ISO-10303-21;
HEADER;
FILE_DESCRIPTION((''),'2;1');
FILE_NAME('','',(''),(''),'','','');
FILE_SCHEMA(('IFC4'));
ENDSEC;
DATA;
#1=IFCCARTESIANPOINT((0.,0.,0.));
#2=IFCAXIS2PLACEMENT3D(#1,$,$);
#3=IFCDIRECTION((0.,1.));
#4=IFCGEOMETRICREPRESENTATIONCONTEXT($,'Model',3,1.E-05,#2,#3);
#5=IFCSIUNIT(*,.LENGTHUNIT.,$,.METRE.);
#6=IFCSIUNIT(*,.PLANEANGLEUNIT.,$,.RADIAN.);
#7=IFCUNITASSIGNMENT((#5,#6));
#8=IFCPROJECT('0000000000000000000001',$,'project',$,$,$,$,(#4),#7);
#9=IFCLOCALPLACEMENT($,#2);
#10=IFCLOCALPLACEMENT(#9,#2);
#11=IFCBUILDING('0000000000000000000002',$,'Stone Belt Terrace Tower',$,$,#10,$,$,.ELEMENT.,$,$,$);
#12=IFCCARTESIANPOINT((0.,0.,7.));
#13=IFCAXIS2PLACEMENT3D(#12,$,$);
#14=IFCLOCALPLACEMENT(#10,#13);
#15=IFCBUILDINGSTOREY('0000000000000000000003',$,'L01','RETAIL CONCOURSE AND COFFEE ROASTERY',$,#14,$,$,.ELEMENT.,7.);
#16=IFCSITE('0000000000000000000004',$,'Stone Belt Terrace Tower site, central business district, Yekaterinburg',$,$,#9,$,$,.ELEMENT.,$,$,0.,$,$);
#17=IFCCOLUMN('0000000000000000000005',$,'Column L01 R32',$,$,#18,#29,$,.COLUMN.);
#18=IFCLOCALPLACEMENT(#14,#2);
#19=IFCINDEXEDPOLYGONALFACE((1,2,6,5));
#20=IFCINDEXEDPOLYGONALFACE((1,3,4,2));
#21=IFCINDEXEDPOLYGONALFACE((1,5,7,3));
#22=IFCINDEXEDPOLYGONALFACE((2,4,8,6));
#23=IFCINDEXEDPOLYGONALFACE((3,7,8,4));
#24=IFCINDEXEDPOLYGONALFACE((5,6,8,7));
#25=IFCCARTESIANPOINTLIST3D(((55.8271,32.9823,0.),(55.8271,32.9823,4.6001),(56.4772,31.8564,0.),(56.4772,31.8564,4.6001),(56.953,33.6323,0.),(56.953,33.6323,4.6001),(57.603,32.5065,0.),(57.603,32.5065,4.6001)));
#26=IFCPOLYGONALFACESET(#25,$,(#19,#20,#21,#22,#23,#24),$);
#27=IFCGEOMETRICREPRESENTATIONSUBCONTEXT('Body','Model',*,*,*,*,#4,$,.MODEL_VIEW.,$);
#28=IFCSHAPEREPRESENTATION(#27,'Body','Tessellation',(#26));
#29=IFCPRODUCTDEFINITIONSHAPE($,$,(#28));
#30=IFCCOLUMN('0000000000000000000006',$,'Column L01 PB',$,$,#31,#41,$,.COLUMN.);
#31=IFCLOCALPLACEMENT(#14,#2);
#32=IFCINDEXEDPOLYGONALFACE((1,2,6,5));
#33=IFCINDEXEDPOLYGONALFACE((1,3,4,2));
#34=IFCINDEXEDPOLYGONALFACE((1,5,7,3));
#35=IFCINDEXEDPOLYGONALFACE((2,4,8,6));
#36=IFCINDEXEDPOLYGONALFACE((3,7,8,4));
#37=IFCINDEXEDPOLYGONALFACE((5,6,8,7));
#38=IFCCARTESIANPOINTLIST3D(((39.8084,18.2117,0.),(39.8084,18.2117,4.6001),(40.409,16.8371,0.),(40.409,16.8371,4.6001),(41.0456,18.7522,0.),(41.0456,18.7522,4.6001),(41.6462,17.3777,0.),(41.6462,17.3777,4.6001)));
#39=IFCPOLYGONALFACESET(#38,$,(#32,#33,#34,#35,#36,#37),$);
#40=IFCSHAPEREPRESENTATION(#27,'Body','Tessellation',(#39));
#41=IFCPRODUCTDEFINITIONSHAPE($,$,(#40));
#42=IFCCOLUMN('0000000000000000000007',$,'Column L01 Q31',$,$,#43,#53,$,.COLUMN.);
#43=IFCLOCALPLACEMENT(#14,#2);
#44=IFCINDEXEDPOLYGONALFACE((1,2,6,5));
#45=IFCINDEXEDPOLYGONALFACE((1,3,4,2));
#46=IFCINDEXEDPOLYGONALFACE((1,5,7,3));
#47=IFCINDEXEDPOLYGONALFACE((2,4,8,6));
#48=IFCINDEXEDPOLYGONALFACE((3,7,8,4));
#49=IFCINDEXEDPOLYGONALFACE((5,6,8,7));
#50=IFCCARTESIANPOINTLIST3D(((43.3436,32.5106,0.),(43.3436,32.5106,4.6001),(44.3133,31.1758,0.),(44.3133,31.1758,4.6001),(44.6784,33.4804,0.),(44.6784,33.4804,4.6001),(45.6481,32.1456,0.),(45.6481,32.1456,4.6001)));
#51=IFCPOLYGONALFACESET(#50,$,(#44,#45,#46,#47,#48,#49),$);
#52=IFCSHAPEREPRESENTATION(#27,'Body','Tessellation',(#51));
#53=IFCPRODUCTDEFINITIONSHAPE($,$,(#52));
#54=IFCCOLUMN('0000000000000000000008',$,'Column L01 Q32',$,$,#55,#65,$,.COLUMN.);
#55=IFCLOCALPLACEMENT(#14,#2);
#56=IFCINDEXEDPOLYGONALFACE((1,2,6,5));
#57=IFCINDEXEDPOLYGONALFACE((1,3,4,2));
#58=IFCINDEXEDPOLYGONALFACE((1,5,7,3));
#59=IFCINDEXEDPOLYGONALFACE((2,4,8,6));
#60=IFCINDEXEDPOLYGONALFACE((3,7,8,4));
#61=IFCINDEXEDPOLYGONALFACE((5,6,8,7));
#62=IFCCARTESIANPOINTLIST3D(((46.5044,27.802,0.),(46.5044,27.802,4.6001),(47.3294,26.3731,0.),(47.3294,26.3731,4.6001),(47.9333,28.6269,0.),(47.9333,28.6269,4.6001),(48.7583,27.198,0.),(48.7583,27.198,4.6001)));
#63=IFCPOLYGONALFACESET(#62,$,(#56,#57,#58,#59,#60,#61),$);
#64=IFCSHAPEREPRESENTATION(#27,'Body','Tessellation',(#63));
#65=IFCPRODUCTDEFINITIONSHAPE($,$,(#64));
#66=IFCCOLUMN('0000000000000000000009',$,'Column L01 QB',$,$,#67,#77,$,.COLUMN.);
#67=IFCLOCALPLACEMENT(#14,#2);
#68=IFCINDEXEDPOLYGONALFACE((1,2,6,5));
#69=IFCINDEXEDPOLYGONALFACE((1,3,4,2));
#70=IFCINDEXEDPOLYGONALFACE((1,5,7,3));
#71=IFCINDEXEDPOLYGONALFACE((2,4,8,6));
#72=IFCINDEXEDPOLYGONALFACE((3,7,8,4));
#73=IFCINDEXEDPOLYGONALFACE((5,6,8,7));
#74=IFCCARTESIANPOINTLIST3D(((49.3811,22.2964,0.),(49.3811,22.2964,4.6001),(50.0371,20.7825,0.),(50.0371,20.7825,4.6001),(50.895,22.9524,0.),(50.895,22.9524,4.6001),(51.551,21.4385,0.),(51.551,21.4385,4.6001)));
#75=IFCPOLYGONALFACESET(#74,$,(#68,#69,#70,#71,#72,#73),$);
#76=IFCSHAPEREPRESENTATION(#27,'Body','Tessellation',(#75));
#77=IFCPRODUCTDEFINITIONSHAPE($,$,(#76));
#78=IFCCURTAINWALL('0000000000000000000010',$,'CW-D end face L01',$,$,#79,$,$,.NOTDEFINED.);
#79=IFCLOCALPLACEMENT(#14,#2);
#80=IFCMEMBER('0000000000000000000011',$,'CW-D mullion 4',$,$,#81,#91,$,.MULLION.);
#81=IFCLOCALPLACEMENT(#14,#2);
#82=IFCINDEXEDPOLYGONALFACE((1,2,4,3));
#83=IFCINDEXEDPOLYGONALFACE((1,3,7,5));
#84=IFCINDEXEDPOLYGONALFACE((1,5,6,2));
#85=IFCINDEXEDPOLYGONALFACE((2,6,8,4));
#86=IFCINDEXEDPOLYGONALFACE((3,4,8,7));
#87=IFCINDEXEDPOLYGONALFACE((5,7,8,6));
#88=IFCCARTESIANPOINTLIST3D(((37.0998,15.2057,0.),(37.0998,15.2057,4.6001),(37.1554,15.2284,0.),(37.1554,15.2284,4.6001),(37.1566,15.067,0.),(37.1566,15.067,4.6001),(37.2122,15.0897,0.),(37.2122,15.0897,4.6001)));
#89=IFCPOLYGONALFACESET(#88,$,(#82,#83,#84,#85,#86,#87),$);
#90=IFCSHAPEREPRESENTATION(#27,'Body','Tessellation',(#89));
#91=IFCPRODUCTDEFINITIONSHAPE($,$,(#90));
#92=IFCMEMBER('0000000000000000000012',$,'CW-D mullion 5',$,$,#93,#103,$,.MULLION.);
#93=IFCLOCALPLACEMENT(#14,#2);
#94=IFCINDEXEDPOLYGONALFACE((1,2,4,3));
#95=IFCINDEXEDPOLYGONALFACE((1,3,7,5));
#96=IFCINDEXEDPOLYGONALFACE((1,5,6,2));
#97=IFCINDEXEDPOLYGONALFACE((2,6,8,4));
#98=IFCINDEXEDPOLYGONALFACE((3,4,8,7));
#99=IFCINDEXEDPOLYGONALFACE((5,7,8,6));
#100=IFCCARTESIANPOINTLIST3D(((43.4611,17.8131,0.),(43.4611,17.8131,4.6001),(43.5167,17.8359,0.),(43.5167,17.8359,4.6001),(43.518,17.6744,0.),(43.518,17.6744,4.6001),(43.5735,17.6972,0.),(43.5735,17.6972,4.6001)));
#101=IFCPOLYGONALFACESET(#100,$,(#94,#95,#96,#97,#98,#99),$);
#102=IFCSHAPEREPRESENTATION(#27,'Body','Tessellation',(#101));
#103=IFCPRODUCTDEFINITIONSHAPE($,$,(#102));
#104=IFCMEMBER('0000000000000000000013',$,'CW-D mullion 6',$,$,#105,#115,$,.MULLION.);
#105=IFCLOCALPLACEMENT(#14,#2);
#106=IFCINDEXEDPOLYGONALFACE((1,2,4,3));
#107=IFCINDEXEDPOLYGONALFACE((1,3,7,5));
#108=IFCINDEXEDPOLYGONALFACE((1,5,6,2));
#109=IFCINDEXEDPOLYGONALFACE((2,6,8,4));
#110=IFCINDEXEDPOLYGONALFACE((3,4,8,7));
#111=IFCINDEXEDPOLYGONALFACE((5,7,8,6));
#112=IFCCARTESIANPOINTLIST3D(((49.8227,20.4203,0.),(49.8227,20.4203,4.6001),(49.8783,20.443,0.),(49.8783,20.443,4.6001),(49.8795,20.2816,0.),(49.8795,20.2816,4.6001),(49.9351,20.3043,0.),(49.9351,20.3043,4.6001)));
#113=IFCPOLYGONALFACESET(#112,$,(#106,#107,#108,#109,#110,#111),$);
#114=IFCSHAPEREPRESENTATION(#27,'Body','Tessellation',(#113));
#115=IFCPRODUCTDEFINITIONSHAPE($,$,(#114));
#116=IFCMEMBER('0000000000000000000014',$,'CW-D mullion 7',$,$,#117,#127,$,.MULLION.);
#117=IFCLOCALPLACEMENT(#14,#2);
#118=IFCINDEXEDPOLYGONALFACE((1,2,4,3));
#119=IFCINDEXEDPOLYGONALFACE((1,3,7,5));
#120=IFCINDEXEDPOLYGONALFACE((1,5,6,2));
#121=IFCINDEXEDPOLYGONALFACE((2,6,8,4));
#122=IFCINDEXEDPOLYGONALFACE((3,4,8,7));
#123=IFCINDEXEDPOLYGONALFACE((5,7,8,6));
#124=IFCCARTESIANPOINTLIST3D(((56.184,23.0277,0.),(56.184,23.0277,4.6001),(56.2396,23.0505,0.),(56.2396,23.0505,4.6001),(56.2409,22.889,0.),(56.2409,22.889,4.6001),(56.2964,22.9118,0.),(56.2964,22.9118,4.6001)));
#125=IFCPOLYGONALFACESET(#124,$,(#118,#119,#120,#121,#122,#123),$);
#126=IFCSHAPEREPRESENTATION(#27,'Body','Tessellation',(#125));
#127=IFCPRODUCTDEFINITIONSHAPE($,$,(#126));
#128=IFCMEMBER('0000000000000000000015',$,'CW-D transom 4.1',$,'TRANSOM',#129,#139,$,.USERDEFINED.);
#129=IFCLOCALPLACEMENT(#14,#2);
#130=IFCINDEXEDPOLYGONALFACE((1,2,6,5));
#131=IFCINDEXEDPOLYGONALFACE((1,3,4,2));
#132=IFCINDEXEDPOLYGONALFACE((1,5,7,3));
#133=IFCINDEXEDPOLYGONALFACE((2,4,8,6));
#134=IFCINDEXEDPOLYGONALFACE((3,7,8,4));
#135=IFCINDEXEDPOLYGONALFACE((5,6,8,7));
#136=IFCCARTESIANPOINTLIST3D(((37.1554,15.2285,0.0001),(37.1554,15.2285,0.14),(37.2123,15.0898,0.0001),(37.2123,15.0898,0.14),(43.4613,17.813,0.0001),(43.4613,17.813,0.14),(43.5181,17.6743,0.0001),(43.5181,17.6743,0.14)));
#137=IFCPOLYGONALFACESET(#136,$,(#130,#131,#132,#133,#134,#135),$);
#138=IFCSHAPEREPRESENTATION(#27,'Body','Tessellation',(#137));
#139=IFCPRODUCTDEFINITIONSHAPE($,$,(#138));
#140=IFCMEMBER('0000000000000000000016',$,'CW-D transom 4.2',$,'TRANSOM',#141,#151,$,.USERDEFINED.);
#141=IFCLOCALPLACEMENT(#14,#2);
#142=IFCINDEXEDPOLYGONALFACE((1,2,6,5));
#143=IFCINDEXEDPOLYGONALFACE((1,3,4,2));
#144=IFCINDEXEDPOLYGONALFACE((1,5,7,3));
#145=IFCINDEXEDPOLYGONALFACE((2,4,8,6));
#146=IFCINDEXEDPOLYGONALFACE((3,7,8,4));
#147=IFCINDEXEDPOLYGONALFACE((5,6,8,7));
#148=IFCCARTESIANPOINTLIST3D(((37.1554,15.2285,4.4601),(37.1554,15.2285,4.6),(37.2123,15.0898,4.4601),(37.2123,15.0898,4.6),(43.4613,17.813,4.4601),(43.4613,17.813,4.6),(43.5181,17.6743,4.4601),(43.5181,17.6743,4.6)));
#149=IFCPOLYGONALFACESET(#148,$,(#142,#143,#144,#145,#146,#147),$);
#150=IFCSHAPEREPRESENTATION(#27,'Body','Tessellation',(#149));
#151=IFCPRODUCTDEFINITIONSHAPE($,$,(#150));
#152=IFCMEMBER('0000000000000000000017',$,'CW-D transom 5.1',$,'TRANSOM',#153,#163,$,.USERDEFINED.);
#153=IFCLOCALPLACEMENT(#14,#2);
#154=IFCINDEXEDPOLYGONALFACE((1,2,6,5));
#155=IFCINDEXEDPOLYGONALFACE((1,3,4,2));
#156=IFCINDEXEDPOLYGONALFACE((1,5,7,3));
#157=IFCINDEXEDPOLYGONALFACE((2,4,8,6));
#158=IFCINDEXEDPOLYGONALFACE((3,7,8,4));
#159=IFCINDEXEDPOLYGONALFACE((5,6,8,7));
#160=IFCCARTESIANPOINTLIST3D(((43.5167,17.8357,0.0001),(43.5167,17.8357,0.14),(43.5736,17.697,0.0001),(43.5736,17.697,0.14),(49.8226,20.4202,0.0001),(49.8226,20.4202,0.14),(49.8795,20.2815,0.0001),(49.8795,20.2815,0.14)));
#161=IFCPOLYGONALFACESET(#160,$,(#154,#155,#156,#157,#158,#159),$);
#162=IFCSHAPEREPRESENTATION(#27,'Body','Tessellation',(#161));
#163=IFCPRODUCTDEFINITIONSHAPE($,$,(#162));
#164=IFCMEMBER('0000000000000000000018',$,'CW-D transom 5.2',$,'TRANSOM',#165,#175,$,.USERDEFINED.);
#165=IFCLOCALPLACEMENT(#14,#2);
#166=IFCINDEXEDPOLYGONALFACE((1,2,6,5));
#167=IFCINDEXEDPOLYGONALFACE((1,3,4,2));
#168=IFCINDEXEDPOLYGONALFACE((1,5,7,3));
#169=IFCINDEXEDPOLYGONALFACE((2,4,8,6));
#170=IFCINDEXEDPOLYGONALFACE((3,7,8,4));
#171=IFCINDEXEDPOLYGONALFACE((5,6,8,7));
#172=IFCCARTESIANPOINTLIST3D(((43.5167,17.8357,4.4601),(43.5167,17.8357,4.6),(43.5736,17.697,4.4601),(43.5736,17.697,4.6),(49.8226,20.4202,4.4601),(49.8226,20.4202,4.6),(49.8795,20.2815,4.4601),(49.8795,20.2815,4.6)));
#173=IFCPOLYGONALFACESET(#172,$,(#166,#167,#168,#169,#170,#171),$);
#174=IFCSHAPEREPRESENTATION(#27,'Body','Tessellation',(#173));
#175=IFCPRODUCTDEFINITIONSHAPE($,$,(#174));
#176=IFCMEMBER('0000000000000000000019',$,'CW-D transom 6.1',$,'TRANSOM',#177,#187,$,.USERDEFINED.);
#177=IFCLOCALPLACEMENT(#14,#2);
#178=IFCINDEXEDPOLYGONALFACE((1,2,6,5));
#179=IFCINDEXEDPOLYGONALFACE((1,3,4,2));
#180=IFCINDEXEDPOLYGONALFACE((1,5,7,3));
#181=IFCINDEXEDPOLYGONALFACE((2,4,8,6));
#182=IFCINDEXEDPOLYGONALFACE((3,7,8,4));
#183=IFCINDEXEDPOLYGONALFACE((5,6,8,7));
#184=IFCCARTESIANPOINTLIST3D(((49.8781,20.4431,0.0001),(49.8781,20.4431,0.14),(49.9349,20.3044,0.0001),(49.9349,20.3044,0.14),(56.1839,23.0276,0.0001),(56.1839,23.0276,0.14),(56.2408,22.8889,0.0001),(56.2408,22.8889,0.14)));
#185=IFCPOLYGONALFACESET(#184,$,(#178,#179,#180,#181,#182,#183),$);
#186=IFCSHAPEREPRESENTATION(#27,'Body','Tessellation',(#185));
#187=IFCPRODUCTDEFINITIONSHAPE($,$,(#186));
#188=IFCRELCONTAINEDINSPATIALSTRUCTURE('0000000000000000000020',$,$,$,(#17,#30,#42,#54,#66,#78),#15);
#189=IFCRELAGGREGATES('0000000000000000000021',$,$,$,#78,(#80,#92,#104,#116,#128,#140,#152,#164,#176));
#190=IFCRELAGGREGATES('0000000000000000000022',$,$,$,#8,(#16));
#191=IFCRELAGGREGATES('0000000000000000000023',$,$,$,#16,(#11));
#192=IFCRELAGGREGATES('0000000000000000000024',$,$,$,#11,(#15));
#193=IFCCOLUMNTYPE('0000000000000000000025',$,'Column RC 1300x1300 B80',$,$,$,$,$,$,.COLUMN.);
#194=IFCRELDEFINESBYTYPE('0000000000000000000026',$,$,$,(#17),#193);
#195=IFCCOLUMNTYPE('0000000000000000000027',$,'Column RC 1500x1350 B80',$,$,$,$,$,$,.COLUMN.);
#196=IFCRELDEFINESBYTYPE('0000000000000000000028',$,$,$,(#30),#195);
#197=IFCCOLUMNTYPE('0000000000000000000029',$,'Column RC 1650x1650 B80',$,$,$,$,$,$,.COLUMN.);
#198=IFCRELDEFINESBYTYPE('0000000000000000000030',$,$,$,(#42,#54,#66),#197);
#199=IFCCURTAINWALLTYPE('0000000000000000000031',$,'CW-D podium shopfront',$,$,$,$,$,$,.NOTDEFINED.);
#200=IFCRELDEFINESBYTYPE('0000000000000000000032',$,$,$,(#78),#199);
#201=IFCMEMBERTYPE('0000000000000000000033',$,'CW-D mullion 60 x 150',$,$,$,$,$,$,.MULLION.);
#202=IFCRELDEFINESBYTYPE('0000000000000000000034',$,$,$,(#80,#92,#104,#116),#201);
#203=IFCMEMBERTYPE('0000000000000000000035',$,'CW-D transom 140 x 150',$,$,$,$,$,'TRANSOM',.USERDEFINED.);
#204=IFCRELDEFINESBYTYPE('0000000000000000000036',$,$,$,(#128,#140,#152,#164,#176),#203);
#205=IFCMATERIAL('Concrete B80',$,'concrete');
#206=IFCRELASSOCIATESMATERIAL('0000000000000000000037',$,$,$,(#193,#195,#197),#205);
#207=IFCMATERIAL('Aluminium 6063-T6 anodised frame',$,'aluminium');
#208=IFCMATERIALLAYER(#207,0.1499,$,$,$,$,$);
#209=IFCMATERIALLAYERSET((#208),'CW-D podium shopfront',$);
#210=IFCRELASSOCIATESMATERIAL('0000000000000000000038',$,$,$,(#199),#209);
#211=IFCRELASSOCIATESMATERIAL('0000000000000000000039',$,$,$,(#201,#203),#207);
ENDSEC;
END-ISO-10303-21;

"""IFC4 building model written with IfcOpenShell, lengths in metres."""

from ifc_helpers import new_model, si_unit, direction, frame, origin, origin_2d, place, context, subcontext, project, spatial, rectangle, extrude, material, layer, layer_set, material_profile, profile_set, type_object, element, aggregate, save


model = new_model("IFC4")

# Units and contexts
model_context = context("Model", 3, precision=1e-05, world=origin(), true_north=direction((0.0, 1.0)))
body_context = subcontext(model_context, "Body", "Model", "MODEL_VIEW")
ifc_project = project(units=[si_unit("LENGTHUNIT", "METRE"), si_unit("PLANEANGLEUNIT", "RADIAN")], contexts=[model_context])

# Site, building, storey
site_placement = place(None, origin())
site = spatial("IfcSite", under=ifc_project, at=site_placement, Name="Stone Belt Terrace Tower site, central business district, Yekaterinburg", CompositionType="ELEMENT", RefElevation=0.0)
building_placement = place(site_placement, origin())
building = spatial("IfcBuilding", under=site, at=building_placement, Name="Stone Belt Terrace Tower", CompositionType="ELEMENT")
storey_placement = place(building_placement, frame((0.0, 0.0, 7.0)))
storey = spatial("IfcBuildingStorey", under=building, at=storey_placement, Name="L01", Description="RETAIL CONCOURSE AND COFFEE ROASTERY", CompositionType="ELEMENT", Elevation=7.0)

# Columns
ifc_material_1 = material(Name="Concrete B80", Category="concrete")
ifc_material_profile_1 = material_profile(ifc_material_1, rectangle(XDim=1.3, YDim=1.3, at=origin_2d()), Name="RC 1300x1300")
ifc_profile_set_1 = profile_set([ifc_material_profile_1], Name="Concrete B80")
column_type_1 = type_object("IfcColumnType", Name="Column RC 1300x1300 B80", PredefinedType="COLUMN", material=ifc_profile_set_1)
column_1_placement = place(storey_placement, frame((56.7151, 32.7444, 0.0), z_axis=(0.0, 0.0, 1.0), x_axis=(0.5, -0.866025, 0.0)))
element("IfcColumn", 1, at=column_1_placement, inside=storey, type_object=column_type_1, Name="Column L01 R32", PredefinedType="COLUMN", context=body_context, shape_type="SweptSolid", body=[
    extrude(rectangle(XDim=1.3, YDim=1.3, at=origin_2d()), origin(), (0.0, 0.0, 1.0), 4.6001),
])
ifc_material_profile_2 = material_profile(ifc_material_1, rectangle(XDim=1.5, YDim=1.3501, at=origin_2d()), Name="RC 1500x1350")
ifc_profile_set_2 = profile_set([ifc_material_profile_2], Name="Concrete B80")
column_type_2 = type_object("IfcColumnType", Name="Column RC 1500x1350 B80", PredefinedType="COLUMN", material=ifc_profile_set_2)
column_2_placement = place(storey_placement, frame((40.7273, 17.7947, 0.0), z_axis=(0.0, 0.0, 1.0), x_axis=(0.400376, -0.916351, 0.0)))
element("IfcColumn", 2, at=column_2_placement, inside=storey, type_object=column_type_2, Name="Column L01 PB", PredefinedType="COLUMN", context=body_context, shape_type="SweptSolid", body=[
    extrude(rectangle(XDim=1.5, YDim=1.3501, at=origin_2d()), origin(), (0.0, 0.0, 1.0), 4.6001),
])
ifc_material_profile_3 = material_profile(ifc_material_1, rectangle(XDim=1.6499, YDim=1.6499, at=origin_2d()), Name="RC 1650x1650")
ifc_profile_set_3 = profile_set([ifc_material_profile_3], Name="Concrete B80")
column_type_3 = type_object("IfcColumnType", Name="Column RC 1650x1650 B80", PredefinedType="COLUMN", material=ifc_profile_set_3)
for number, where, z_axis, x_axis, name in (
    (3, (44.4958, 32.3281, 0.0), (0.0, 0.0, 1.0), (0.587785, -0.809017, 0.0), "Column L01 Q31"),
    (4, (47.6313, 27.5, 0.0), (0.0, 0.0, 1.0), (0.5, -0.866025, 0.0), "Column L01 Q32"),
    (5, (50.4661, 21.8674, 0.0), (0.0, 0.0, 1.0), (0.397588, -0.917564, 0.0), "Column L01 QB"),
):
    element("IfcColumn", number, at=place(storey_placement, frame(where, z_axis=z_axis, x_axis=x_axis)), inside=storey, type_object=column_type_3, Name=name, PredefinedType="COLUMN", context=body_context, shape_type="SweptSolid", body=[
        extrude(rectangle(XDim=1.6499, YDim=1.6499, at=origin_2d()), origin(), (0.0, 0.0, 1.0), 4.6001),
    ])

# Curtain wall, members
ifc_material_2 = material(Name="Aluminium 6063-T6 anodised frame", Category="aluminium")
ifc_layer_1 = layer(ifc_material_2, 0.1499)
ifc_layer_set_1 = layer_set([ifc_layer_1], Name="CW-D podium shopfront")
curtain_wall_type = type_object("IfcCurtainWallType", Name="CW-D podium shopfront", PredefinedType="NOTDEFINED", material=ifc_layer_set_1)
curtain_wall_placement = place(storey_placement, origin())
curtain_wall = element("IfcCurtainWall", 6, at=curtain_wall_placement, inside=storey, type_object=curtain_wall_type, Name="CW-D end face L01", PredefinedType="NOTDEFINED")
ifc_material_profile_4 = material_profile(ifc_material_2, rectangle(XDim=0.1499, YDim=0.0601, at=origin_2d()), Name="Aluminium 6063-T6 60x150")
ifc_profile_set_4 = profile_set([ifc_material_profile_4], Name="Aluminium 6063-T6 anodised frame")
member_type_1 = type_object("IfcMemberType", Name="CW-D mullion 60 x 150", PredefinedType="MULLION", material=ifc_profile_set_4)
member_1_placement = place(storey_placement, frame((37.156, 15.1477, 0.0), z_axis=(0.0, 0.0, 1.0), x_axis=(-0.379243, 0.925297, 0.0)))
member_1 = element("IfcMember", 7, at=member_1_placement, type_object=member_type_1, Name="CW-D mullion 4", PredefinedType="MULLION", context=body_context, shape_type="SweptSolid", body=[
    extrude(rectangle(XDim=0.1499, YDim=0.0601, at=origin_2d()), origin(), (0.0, 0.0, 1.0), 4.6001),
])
member_2_placement = place(storey_placement, frame((43.5173, 17.7551, 0.0), z_axis=(0.0, 0.0, 1.0), x_axis=(-0.379243, 0.925297, 0.0)))
member_2 = element("IfcMember", 8, at=member_2_placement, type_object=member_type_1, Name="CW-D mullion 5", PredefinedType="MULLION", context=body_context, shape_type="SweptSolid", body=[
    extrude(rectangle(XDim=0.1499, YDim=0.0601, at=origin_2d()), origin(), (0.0, 0.0, 1.0), 4.6001),
])
member_3_placement = place(storey_placement, frame((49.8789, 20.3623, 0.0), z_axis=(0.0, 0.0, 1.0), x_axis=(-0.379243, 0.925297, 0.0)))
member_3 = element("IfcMember", 9, at=member_3_placement, type_object=member_type_1, Name="CW-D mullion 6", PredefinedType="MULLION", context=body_context, shape_type="SweptSolid", body=[
    extrude(rectangle(XDim=0.1499, YDim=0.0601, at=origin_2d()), origin(), (0.0, 0.0, 1.0), 4.6001),
])
member_4_placement = place(storey_placement, frame((56.2402, 22.9697, 0.0), z_axis=(0.0, 0.0, 1.0), x_axis=(-0.379243, 0.925297, 0.0)))
member_4 = element("IfcMember", 10, at=member_4_placement, type_object=member_type_1, Name="CW-D mullion 7", PredefinedType="MULLION", context=body_context, shape_type="SweptSolid", body=[
    extrude(rectangle(XDim=0.1499, YDim=0.0601, at=origin_2d()), origin(), (0.0, 0.0, 1.0), 4.6001),
])
ifc_material_profile_5 = material_profile(ifc_material_2, rectangle(XDim=0.1499, YDim=0.1399, at=origin_2d()), Name="Aluminium 6063-T6 150x140")
ifc_profile_set_5 = profile_set([ifc_material_profile_5], Name="Aluminium 6063-T6 anodised frame")
member_type_2 = type_object("IfcMemberType", Name="CW-D transom 140 x 150", ElementType="TRANSOM", PredefinedType="USERDEFINED", material=ifc_profile_set_5)
member_5_placement = place(storey_placement, frame((37.1838, 15.1592, 0.0701), z_axis=(0.925301, 0.379234, 0.0), x_axis=(-0.379234, 0.925301, 0.0)))
member_5 = element("IfcMember", 11, at=member_5_placement, type_object=member_type_2, Name="CW-D transom 4.1", ObjectType="TRANSOM", PredefinedType="USERDEFINED", context=body_context, shape_type="SweptSolid", body=[
    extrude(rectangle(XDim=0.1499, YDim=0.1399, at=origin_2d()), origin(), (0.0, 0.0, 1.0), 6.8149),
])
member_6_placement = place(storey_placement, frame((37.1838, 15.1592, 4.53), z_axis=(0.925301, 0.379234, 0.0), x_axis=(-0.379234, 0.925301, 0.0)))
member_6 = element("IfcMember", 12, at=member_6_placement, type_object=member_type_2, Name="CW-D transom 4.2", ObjectType="TRANSOM", PredefinedType="USERDEFINED", context=body_context, shape_type="SweptSolid", body=[
    extrude(rectangle(XDim=0.1499, YDim=0.1399, at=origin_2d()), origin(), (0.0, 0.0, 1.0), 6.8149),
])
member_7_placement = place(storey_placement, frame((43.5452, 17.7664, 0.0701), z_axis=(0.925301, 0.379234, 0.0), x_axis=(-0.379234, 0.925301, 0.0)))
member_7 = element("IfcMember", 13, at=member_7_placement, type_object=member_type_2, Name="CW-D transom 5.1", ObjectType="TRANSOM", PredefinedType="USERDEFINED", context=body_context, shape_type="SweptSolid", body=[
    extrude(rectangle(XDim=0.1499, YDim=0.1399, at=origin_2d()), origin(), (0.0, 0.0, 1.0), 6.8149),
])
member_8_placement = place(storey_placement, frame((43.5452, 17.7664, 4.53), z_axis=(0.925301, 0.379234, 0.0), x_axis=(-0.379234, 0.925301, 0.0)))
member_8 = element("IfcMember", 14, at=member_8_placement, type_object=member_type_2, Name="CW-D transom 5.2", ObjectType="TRANSOM", PredefinedType="USERDEFINED", context=body_context, shape_type="SweptSolid", body=[
    extrude(rectangle(XDim=0.1499, YDim=0.1399, at=origin_2d()), origin(), (0.0, 0.0, 1.0), 6.8149),
])
member_9_placement = place(storey_placement, frame((49.9065, 20.3738, 0.0701), z_axis=(0.925301, 0.379234, 0.0), x_axis=(-0.379234, 0.925301, 0.0)))
member_9 = element("IfcMember", 15, at=member_9_placement, type_object=member_type_2, Name="CW-D transom 6.1", ObjectType="TRANSOM", PredefinedType="USERDEFINED", context=body_context, shape_type="SweptSolid", body=[
    extrude(rectangle(XDim=0.1499, YDim=0.1399, at=origin_2d()), origin(), (0.0, 0.0, 1.0), 6.8149),
])

aggregate(curtain_wall, [member_1, member_2, member_3, member_4, member_5, member_6, member_7, member_8, member_9])

save(model, "model.ifc")
